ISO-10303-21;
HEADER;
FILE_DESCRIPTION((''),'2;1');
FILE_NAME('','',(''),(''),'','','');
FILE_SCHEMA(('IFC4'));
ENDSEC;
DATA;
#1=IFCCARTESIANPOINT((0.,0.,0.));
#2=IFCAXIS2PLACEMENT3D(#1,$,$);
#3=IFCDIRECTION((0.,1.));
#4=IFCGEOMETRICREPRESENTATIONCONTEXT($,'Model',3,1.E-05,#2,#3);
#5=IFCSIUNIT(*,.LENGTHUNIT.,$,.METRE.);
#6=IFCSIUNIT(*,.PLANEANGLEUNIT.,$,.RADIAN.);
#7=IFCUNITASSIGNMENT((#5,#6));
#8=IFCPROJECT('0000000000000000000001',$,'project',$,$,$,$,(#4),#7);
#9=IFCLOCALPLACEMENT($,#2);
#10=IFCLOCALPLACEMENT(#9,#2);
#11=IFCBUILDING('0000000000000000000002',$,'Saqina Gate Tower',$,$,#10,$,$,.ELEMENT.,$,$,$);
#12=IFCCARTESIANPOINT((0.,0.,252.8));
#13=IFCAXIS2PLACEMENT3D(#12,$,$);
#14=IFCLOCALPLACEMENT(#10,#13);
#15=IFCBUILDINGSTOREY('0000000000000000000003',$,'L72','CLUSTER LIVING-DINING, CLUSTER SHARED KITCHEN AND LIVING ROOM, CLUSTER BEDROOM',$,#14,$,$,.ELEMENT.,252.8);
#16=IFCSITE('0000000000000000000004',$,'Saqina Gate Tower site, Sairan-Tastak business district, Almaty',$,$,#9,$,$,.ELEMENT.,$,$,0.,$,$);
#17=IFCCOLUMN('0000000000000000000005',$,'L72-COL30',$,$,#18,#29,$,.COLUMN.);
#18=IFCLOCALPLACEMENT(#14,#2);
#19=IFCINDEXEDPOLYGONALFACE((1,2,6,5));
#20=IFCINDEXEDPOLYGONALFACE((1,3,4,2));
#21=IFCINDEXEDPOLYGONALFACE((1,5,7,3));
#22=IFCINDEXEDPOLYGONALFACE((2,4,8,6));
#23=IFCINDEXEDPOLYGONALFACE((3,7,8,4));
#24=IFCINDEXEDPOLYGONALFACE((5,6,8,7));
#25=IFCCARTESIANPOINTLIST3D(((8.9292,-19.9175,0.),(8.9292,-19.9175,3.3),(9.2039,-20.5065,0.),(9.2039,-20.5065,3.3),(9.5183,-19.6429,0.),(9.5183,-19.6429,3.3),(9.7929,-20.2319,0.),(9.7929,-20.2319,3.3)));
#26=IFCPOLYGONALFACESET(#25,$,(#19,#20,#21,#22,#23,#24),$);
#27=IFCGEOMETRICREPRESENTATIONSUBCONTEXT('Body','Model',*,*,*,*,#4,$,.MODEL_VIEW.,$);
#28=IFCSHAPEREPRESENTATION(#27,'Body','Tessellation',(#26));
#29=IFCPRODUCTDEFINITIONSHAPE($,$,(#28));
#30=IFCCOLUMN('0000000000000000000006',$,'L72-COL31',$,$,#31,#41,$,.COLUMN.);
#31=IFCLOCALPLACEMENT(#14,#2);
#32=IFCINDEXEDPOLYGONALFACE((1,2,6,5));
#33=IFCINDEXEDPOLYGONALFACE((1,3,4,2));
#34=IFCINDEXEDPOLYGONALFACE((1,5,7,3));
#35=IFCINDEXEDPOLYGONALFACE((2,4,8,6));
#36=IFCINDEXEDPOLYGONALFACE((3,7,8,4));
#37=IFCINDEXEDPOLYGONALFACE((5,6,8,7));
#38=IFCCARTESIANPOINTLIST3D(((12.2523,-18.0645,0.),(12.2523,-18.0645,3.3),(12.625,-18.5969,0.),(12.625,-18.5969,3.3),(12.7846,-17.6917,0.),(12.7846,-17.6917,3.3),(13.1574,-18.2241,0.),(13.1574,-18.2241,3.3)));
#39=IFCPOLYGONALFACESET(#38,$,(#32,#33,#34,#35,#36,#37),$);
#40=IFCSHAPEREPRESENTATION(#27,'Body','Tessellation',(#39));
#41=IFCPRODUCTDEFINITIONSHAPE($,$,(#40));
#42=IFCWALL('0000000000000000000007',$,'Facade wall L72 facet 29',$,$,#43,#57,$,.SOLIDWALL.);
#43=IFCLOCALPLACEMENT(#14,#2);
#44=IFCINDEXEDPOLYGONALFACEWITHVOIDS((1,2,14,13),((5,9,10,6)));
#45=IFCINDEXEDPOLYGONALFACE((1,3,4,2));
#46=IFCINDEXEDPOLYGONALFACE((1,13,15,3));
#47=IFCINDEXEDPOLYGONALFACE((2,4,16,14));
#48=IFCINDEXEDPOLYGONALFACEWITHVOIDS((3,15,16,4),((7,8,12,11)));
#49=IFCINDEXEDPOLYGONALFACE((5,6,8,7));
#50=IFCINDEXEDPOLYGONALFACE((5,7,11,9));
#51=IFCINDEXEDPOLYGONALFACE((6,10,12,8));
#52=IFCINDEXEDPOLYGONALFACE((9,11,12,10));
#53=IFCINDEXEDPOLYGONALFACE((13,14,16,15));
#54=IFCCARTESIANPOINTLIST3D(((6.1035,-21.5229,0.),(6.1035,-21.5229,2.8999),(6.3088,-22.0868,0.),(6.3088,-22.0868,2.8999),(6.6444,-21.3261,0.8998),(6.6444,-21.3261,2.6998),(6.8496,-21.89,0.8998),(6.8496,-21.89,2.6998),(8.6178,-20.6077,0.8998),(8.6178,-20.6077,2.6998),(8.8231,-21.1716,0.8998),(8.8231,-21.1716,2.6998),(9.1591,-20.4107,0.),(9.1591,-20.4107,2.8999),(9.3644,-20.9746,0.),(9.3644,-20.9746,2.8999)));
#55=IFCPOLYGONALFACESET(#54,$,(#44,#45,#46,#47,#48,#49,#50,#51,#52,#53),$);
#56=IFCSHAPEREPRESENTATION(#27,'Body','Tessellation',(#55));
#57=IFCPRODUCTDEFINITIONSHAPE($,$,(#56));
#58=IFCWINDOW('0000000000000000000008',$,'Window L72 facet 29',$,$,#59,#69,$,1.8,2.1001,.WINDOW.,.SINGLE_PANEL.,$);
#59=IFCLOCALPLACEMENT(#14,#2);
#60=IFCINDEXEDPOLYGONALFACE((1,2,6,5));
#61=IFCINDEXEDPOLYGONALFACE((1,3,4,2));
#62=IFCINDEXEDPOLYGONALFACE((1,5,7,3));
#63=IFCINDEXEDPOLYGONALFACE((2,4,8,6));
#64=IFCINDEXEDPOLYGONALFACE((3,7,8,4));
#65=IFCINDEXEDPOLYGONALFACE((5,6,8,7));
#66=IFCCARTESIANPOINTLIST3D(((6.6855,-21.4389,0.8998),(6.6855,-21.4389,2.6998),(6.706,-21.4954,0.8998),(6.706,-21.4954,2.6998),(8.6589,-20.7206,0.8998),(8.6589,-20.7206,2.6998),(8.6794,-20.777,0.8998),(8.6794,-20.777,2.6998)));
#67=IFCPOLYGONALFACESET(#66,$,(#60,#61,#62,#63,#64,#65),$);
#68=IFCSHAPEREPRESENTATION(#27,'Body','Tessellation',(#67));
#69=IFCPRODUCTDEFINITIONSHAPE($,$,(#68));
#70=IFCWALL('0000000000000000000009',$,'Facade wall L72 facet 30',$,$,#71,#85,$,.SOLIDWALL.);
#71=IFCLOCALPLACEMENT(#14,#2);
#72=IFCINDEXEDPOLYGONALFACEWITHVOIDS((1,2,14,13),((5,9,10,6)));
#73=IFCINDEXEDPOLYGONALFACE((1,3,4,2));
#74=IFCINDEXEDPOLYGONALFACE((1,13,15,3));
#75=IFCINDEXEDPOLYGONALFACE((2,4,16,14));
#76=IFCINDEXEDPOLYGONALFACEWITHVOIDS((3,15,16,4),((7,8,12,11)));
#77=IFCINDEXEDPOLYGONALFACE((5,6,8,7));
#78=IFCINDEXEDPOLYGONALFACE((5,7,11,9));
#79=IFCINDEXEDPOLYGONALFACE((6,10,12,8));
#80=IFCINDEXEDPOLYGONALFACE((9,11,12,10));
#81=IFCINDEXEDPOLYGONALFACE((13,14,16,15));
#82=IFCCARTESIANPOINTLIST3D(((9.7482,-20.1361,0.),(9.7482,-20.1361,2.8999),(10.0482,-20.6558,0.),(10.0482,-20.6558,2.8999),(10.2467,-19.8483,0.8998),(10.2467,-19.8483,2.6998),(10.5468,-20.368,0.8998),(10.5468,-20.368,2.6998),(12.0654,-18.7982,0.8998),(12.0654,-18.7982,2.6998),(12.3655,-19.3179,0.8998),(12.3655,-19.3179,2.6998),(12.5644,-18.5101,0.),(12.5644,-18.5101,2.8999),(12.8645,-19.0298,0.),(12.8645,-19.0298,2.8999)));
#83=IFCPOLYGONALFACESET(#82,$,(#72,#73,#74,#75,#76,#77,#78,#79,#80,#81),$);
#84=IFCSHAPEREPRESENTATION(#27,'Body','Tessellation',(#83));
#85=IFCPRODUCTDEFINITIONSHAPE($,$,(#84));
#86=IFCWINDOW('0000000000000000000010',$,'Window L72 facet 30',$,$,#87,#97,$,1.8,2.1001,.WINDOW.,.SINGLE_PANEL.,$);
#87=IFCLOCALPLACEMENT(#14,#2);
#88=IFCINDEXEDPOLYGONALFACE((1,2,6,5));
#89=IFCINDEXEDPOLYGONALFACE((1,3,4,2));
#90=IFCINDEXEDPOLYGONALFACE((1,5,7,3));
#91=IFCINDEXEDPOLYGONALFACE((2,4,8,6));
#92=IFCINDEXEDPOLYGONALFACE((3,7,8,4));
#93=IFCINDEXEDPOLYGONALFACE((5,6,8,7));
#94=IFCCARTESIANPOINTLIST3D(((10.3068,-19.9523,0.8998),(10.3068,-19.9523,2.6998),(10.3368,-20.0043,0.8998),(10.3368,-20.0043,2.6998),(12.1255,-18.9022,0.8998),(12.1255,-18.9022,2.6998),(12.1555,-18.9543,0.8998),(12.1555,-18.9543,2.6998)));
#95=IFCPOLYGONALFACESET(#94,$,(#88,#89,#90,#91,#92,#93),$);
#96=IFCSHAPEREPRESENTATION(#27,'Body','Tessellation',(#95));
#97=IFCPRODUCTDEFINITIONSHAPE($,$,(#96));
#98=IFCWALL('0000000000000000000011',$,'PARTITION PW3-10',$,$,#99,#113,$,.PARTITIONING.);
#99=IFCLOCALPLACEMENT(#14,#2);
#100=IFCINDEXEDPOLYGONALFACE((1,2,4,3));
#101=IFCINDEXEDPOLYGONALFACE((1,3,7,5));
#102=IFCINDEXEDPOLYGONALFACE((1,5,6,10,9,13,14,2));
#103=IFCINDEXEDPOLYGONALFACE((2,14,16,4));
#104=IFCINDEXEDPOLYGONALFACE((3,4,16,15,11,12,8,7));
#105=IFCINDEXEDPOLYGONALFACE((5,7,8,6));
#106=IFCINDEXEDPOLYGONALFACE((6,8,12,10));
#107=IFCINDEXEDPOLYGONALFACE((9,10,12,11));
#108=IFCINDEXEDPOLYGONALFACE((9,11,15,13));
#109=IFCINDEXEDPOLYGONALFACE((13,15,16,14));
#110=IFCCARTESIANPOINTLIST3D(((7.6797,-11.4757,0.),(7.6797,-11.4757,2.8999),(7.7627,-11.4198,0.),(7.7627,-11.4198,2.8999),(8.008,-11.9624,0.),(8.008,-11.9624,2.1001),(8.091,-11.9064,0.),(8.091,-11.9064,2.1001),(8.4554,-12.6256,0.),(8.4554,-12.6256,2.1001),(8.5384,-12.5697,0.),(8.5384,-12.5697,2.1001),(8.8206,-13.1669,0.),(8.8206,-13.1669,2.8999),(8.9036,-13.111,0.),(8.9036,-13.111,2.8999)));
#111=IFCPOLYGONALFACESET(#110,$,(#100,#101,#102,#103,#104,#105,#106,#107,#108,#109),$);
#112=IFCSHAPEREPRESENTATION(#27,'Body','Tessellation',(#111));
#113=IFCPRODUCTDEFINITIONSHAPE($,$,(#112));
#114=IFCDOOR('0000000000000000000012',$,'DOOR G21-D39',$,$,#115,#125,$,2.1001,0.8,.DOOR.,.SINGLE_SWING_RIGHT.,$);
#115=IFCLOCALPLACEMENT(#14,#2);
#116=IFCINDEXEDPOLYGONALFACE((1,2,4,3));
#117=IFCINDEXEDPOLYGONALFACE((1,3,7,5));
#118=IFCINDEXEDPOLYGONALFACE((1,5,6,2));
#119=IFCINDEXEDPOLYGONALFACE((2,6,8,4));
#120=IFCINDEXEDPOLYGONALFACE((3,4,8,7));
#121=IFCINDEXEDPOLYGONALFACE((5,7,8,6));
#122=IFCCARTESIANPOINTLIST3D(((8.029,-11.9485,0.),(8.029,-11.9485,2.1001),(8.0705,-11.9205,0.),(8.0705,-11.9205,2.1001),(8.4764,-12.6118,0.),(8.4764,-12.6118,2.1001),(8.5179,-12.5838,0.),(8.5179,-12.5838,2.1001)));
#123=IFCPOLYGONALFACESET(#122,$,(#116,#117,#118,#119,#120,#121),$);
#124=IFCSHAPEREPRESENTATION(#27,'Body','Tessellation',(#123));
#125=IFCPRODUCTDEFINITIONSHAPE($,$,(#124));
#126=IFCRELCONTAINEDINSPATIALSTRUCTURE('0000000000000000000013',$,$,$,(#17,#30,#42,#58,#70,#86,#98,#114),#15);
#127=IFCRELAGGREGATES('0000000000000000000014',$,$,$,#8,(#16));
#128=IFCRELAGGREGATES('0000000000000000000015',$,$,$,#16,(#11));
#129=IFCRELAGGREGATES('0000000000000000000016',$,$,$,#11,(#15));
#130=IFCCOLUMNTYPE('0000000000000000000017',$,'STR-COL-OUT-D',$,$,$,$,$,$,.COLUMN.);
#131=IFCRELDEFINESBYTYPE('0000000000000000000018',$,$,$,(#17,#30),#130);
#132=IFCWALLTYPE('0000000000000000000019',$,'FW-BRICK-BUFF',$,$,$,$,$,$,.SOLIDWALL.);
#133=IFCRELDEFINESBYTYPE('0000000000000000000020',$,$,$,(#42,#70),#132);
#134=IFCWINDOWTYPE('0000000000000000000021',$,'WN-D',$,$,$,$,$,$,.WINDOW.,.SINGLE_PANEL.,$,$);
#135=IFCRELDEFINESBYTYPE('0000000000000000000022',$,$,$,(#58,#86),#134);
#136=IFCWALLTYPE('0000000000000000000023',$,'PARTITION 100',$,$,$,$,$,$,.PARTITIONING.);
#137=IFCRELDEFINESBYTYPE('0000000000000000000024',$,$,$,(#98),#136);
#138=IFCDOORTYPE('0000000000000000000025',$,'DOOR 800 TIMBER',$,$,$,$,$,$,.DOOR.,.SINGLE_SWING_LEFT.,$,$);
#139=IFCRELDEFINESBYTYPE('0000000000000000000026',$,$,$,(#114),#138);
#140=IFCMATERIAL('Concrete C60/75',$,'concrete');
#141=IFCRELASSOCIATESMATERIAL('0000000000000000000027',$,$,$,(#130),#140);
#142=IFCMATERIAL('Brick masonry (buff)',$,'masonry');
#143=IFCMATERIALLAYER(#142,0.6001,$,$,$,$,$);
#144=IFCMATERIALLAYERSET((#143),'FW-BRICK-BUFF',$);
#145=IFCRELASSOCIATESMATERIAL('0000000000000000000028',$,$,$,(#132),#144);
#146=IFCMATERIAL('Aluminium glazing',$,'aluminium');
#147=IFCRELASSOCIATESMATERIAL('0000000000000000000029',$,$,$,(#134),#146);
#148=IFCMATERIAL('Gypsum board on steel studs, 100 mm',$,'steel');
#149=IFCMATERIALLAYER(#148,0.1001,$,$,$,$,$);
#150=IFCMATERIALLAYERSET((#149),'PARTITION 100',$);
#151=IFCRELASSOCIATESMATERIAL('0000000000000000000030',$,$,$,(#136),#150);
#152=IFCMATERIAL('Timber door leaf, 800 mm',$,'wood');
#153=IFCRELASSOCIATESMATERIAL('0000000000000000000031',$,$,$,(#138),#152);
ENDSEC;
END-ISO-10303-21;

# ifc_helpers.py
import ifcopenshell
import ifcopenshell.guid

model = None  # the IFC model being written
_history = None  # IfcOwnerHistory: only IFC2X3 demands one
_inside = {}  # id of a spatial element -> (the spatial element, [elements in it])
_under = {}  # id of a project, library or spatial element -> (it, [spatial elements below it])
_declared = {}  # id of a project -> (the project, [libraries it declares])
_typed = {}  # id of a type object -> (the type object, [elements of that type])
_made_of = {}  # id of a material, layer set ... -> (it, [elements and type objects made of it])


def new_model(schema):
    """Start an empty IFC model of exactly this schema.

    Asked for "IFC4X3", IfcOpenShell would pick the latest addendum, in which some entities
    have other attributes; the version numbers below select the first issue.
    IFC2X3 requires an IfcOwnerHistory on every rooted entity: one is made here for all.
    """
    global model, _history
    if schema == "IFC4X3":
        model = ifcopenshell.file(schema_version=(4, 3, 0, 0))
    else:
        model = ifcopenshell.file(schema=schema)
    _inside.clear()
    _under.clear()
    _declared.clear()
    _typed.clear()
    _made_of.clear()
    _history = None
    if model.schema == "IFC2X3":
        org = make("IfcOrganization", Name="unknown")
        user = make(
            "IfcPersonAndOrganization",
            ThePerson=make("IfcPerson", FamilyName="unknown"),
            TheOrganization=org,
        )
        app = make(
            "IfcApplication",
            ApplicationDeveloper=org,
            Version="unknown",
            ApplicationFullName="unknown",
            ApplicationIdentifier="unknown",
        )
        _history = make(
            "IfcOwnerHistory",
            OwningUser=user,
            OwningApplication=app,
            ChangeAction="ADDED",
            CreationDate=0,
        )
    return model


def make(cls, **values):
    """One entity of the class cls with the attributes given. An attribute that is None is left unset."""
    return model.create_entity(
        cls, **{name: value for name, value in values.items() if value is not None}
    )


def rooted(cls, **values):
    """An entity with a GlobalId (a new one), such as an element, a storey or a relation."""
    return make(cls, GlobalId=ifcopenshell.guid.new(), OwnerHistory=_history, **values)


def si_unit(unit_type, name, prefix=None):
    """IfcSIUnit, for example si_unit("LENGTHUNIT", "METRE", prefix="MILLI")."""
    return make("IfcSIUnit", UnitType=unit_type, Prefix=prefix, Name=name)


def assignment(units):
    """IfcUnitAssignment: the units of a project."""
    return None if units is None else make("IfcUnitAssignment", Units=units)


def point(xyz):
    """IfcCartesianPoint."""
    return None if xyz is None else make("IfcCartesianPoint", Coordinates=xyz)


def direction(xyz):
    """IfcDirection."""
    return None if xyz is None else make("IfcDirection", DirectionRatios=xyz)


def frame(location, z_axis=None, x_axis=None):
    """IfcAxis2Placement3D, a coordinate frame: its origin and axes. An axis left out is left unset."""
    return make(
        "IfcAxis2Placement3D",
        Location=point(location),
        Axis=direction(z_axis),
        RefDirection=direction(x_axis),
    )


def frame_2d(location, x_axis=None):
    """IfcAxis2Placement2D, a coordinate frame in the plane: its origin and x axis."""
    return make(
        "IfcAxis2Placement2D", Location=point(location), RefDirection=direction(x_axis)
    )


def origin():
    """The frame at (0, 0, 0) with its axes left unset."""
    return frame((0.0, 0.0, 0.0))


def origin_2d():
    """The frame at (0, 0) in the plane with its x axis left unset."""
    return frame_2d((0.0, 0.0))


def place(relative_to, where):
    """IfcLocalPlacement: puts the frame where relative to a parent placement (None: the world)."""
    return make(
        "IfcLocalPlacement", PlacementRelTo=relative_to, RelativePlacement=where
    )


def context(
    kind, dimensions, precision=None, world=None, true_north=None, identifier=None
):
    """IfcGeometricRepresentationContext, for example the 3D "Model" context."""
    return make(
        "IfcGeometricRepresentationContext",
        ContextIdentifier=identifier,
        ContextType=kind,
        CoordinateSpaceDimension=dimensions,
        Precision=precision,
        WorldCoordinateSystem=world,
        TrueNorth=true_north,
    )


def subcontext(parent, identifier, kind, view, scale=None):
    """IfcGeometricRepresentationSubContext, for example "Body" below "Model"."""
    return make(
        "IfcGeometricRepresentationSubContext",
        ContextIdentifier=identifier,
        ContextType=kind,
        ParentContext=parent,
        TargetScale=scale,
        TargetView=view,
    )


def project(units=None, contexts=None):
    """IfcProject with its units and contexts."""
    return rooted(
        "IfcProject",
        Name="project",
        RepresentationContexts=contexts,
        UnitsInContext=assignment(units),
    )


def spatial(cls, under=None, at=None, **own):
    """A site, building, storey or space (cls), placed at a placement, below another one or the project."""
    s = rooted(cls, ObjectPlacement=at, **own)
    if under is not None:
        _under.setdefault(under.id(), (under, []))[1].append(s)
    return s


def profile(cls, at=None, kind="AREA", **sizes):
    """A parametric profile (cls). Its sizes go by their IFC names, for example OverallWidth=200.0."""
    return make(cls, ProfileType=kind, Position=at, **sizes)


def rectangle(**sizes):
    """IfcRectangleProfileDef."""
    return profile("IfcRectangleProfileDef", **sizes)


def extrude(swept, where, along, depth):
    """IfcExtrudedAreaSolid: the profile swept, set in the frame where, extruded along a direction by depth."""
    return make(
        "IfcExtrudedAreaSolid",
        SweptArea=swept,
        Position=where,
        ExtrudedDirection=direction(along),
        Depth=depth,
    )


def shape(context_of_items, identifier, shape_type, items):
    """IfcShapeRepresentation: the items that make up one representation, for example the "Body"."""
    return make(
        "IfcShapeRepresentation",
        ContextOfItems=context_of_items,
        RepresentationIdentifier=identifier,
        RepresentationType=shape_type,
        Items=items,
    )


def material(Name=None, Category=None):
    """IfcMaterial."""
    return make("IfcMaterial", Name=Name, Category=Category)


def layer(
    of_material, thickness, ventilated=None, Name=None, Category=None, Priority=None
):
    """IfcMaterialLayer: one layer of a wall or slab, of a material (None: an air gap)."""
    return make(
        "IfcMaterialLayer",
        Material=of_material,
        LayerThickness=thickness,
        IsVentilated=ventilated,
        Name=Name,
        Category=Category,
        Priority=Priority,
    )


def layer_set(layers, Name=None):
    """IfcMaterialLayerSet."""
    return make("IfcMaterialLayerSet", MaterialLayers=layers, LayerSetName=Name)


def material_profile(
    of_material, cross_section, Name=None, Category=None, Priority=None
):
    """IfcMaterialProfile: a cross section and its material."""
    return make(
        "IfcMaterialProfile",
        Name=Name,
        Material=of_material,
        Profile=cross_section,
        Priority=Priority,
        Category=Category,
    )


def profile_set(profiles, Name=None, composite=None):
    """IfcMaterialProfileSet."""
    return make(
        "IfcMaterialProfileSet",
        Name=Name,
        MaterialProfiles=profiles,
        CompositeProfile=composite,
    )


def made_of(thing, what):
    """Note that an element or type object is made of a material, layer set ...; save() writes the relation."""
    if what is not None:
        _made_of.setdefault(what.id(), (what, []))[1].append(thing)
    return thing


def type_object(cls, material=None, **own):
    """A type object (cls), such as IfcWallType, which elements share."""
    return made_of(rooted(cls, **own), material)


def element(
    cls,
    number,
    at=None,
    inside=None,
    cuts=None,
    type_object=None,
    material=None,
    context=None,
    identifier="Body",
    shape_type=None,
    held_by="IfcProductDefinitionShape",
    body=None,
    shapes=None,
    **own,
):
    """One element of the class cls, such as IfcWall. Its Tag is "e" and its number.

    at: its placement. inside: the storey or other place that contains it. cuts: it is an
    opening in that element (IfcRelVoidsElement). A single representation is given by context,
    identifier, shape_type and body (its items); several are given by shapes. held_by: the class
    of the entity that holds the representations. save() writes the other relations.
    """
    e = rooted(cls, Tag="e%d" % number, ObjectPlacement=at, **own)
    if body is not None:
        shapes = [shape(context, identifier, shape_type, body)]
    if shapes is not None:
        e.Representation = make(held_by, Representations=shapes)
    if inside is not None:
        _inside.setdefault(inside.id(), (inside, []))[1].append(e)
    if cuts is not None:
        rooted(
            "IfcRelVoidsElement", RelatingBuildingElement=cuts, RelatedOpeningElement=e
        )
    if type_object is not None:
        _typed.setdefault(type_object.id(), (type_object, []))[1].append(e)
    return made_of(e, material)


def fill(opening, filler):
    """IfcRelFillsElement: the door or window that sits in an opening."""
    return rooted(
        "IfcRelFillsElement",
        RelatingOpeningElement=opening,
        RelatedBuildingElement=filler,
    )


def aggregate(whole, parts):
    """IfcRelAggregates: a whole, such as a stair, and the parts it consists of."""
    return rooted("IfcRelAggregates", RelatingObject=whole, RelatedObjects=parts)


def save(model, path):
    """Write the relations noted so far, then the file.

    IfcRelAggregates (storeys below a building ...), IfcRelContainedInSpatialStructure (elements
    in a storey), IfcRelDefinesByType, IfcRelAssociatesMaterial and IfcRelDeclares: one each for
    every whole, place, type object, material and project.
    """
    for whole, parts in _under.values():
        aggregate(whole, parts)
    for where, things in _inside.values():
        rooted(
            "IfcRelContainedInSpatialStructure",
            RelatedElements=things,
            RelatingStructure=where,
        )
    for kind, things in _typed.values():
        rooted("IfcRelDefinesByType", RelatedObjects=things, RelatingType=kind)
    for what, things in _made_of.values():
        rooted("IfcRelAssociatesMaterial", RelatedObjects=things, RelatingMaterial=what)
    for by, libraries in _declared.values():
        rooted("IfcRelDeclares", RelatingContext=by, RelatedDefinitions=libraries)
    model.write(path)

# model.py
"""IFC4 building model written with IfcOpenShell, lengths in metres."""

from ifc_helpers import new_model, si_unit, direction, frame, frame_2d, origin, origin_2d, place, context, subcontext, project, spatial, rectangle, extrude, material, layer, layer_set, material_profile, profile_set, type_object, element, fill, save


model = new_model("IFC4")

# Units and contexts
model_context = context("Model", 3, precision=1e-05, world=origin(), true_north=direction((0.0, 1.0)))
body_context = subcontext(model_context, "Body", "Model", "MODEL_VIEW")
ifc_project = project(units=[si_unit("LENGTHUNIT", "METRE"), si_unit("PLANEANGLEUNIT", "RADIAN")], contexts=[model_context])

# Site, building, storey
site_placement = place(None, origin())
site = spatial("IfcSite", under=ifc_project, at=site_placement, Name="Saqina Gate Tower site, Sairan-Tastak business district, Almaty", CompositionType="ELEMENT", RefElevation=0.0)
building_placement = place(site_placement, origin())
building = spatial("IfcBuilding", under=site, at=building_placement, Name="Saqina Gate Tower", CompositionType="ELEMENT")
storey_placement = place(building_placement, frame((0.0, 0.0, 252.8)))
storey = spatial("IfcBuildingStorey", under=building, at=storey_placement, Name="L72", Description="CLUSTER LIVING-DINING, CLUSTER SHARED KITCHEN AND LIVING ROOM, CLUSTER BEDROOM", CompositionType="ELEMENT", Elevation=252.8)

# Columns
ifc_material_1 = material(Name="Concrete C60/75", Category="concrete")
ifc_material_profile = material_profile(ifc_material_1, rectangle(XDim=0.6499, YDim=0.6499, at=origin_2d()), Name="RC 650x650")
ifc_profile_set = profile_set([ifc_material_profile], Name="Concrete C60/75")
column_type = type_object("IfcColumnType", Name="STR-COL-OUT-D", PredefinedType="COLUMN", material=ifc_profile_set)
for number, where, z_axis, x_axis, name in (
    (1, (9.3611, -20.0747, 0.0), (0.0, 0.0, 1.0), (0.422618, -0.906308, 0.0), "L72-COL30"),
    (2, (12.7048, -18.1443, 0.0), (0.0, 0.0, 1.0), (0.573576, -0.819152, 0.0), "L72-COL31"),
):
    element("IfcColumn", number, at=place(storey_placement, frame(where, z_axis=z_axis, x_axis=x_axis)), inside=storey, type_object=column_type, Name=name, PredefinedType="COLUMN", context=body_context, shape_type="SweptSolid", body=[
        extrude(rectangle(XDim=0.6499, YDim=0.6499, at=origin_2d()), origin(), (0.0, 0.0, 1.0), 3.3),
    ])

# Walls, openings, windows
ifc_material_2 = material(Name="Brick masonry (buff)", Category="masonry")
ifc_layer_1 = layer(ifc_material_2, 0.6001)
ifc_layer_set_1 = layer_set([ifc_layer_1], Name="FW-BRICK-BUFF")
wall_type_1 = type_object("IfcWallType", Name="FW-BRICK-BUFF", PredefinedType="SOLIDWALL", material=ifc_layer_set_1)
wall_1_placement = place(storey_placement, frame((6.2061, -21.8049, 0.0), z_axis=(0.0, 0.0, 1.0), x_axis=(0.939679, 0.342057, 0.0)))
wall_1 = element("IfcWall", 3, at=wall_1_placement, inside=storey, type_object=wall_type_1, Name="Facade wall L72 facet 29", PredefinedType="SOLIDWALL", context=body_context, shape_type="SweptSolid", body=[
    extrude(rectangle(XDim=3.2517, YDim=0.6001, at=frame_2d((1.626, 0.0))), origin(), (0.0, 0.0, 1.0), 2.8999),
])
opening_1_placement = place(wall_1_placement, frame((0.5757, 0.0, 0.8999)))
opening_1 = element("IfcOpeningElement", 4, at=opening_1_placement, cuts=wall_1, PredefinedType="OPENING", context=body_context, shape_type="SweptSolid", body=[
    extrude(rectangle(XDim=2.1001, YDim=1.8, at=frame_2d((1.05, 0.8999))), frame((0.0, 0.312, 0.0), z_axis=(0.0, -1.0, 0.0), x_axis=(1.0, 0.0, 0.0)), (0.0, 0.0, 1.0), 0.624),
])
ifc_material_3 = material(Name="Aluminium glazing", Category="aluminium")
window_type = type_object("IfcWindowType", Name="WN-D", PartitioningType="SINGLE_PANEL", PredefinedType="WINDOW", material=ifc_material_3)
window_1_placement = place(opening_1_placement, origin())
window_1 = element("IfcWindow", 5, at=window_1_placement, inside=storey, type_object=window_type, Name="Window L72 facet 29", OverallHeight=1.8, OverallWidth=2.1001, PartitioningType="SINGLE_PANEL", PredefinedType="WINDOW", context=body_context, shape_type="SweptSolid", body=[
    extrude(rectangle(XDim=2.1001, YDim=1.8, at=frame_2d((1.05, 0.8999))), frame((0.0, 0.1799, 0.0), z_axis=(0.0, -1.0, 0.0), x_axis=(1.0, 0.0, 0.0)), (0.0, 0.0, 1.0), 0.0601),
])
fill(opening_1, window_1)
wall_2_placement = place(storey_placement, frame((9.8982, -20.396, 0.0), z_axis=(0.0, 0.0, 1.0), x_axis=(0.866017, 0.500015, 0.0)))
wall_2 = element("IfcWall", 6, at=wall_2_placement, inside=storey, type_object=wall_type_1, Name="Facade wall L72 facet 30", PredefinedType="SOLIDWALL", context=body_context, shape_type="SweptSolid", body=[
    extrude(rectangle(XDim=3.252, YDim=0.6001, at=frame_2d((1.626, 0.0))), origin(), (0.0, 0.0, 1.0), 2.8999),
])
opening_2_placement = place(wall_2_placement, frame((0.5757, 0.0, 0.8999)))
opening_2 = element("IfcOpeningElement", 7, at=opening_2_placement, cuts=wall_2, PredefinedType="OPENING", context=body_context, shape_type="SweptSolid", body=[
    extrude(rectangle(XDim=2.1001, YDim=1.8, at=frame_2d((1.05, 0.8999))), frame((0.0, 0.312, 0.0), z_axis=(0.0, -1.0, 0.0), x_axis=(1.0, 0.0, 0.0)), (0.0, 0.0, 1.0), 0.624),
])
window_2_placement = place(opening_2_placement, origin())
window_2 = element("IfcWindow", 8, at=window_2_placement, inside=storey, type_object=window_type, Name="Window L72 facet 30", OverallHeight=1.8, OverallWidth=2.1001, PartitioningType="SINGLE_PANEL", PredefinedType="WINDOW", context=body_context, shape_type="SweptSolid", body=[
    extrude(rectangle(XDim=2.1001, YDim=1.8, at=frame_2d((1.05, 0.8999))), frame((0.0, 0.1799, 0.0), z_axis=(0.0, -1.0, 0.0), x_axis=(1.0, 0.0, 0.0)), (0.0, 0.0, 1.0), 0.0601),
])
fill(opening_2, window_2)

# Wall, opening, door
ifc_material_4 = material(Name="Gypsum board on steel studs, 100 mm", Category="steel")
ifc_layer_2 = layer(ifc_material_4, 0.1001)
ifc_layer_set_2 = layer_set([ifc_layer_2], Name="PARTITION 100")
wall_type_2 = type_object("IfcWallType", Name="PARTITION 100", PredefinedType="PARTITIONING", material=ifc_layer_set_2)
wall_3_placement = place(storey_placement, frame((7.7212, -11.4478, 0.0), z_axis=(0.0, 0.0, 1.0), x_axis=(0.559249, -0.829, 0.0)))
wall_3 = element("IfcWall", 9, at=wall_3_placement, inside=storey, type_object=wall_type_2, Name="PARTITION PW3-10", PredefinedType="PARTITIONING", context=body_context, shape_type="SweptSolid", body=[
    extrude(rectangle(XDim=2.04, YDim=0.1001, at=frame_2d((1.02, 0.0))), origin(), (0.0, 0.0, 1.0), 2.8999),
])
opening_3_placement = place(wall_3_placement, frame((0.5872, 0.0, 0.0)))
opening_3 = element("IfcOpeningElement", 10, at=opening_3_placement, cuts=wall_3, PredefinedType="OPENING", context=body_context, shape_type="SweptSolid", body=[
    extrude(rectangle(XDim=0.8, YDim=2.1001, at=frame_2d((0.3999, 1.05))), frame((0.0, 0.062, 0.0), z_axis=(0.0, -1.0, 0.0), x_axis=(1.0, 0.0, 0.0)), (0.0, 0.0, 1.0), 0.124),
])
ifc_material_5 = material(Name="Timber door leaf, 800 mm", Category="wood")
door_type_1 = type_object("IfcDoorType", Name="DOOR 800 TIMBER", OperationType="SINGLE_SWING_LEFT", PredefinedType="DOOR", material=ifc_material_5)
door_1_placement = place(opening_3_placement, frame((0.8, 0.0, 0.0), z_axis=(0.0, 0.0, 1.0), x_axis=(-1.0, 0.0, 0.0)))
door_1 = element("IfcDoor", 11, at=door_1_placement, inside=storey, type_object=door_type_1, Name="DOOR G21-D39", OperationType="SINGLE_SWING_RIGHT", OverallHeight=2.1001, OverallWidth=0.8, PredefinedType="DOOR", context=body_context, shape_type="SweptSolid", body=[
    extrude(rectangle(XDim=0.8, YDim=2.1001, at=frame_2d((0.3999, 1.05))), frame((0.0, 0.0249, 0.0), z_axis=(0.0, -1.0, 0.0), x_axis=(1.0, 0.0, 0.0)), (0.0, 0.0, 1.0), 0.05),
])
fill(opening_3, door_1)

save(model, "model.ifc")
